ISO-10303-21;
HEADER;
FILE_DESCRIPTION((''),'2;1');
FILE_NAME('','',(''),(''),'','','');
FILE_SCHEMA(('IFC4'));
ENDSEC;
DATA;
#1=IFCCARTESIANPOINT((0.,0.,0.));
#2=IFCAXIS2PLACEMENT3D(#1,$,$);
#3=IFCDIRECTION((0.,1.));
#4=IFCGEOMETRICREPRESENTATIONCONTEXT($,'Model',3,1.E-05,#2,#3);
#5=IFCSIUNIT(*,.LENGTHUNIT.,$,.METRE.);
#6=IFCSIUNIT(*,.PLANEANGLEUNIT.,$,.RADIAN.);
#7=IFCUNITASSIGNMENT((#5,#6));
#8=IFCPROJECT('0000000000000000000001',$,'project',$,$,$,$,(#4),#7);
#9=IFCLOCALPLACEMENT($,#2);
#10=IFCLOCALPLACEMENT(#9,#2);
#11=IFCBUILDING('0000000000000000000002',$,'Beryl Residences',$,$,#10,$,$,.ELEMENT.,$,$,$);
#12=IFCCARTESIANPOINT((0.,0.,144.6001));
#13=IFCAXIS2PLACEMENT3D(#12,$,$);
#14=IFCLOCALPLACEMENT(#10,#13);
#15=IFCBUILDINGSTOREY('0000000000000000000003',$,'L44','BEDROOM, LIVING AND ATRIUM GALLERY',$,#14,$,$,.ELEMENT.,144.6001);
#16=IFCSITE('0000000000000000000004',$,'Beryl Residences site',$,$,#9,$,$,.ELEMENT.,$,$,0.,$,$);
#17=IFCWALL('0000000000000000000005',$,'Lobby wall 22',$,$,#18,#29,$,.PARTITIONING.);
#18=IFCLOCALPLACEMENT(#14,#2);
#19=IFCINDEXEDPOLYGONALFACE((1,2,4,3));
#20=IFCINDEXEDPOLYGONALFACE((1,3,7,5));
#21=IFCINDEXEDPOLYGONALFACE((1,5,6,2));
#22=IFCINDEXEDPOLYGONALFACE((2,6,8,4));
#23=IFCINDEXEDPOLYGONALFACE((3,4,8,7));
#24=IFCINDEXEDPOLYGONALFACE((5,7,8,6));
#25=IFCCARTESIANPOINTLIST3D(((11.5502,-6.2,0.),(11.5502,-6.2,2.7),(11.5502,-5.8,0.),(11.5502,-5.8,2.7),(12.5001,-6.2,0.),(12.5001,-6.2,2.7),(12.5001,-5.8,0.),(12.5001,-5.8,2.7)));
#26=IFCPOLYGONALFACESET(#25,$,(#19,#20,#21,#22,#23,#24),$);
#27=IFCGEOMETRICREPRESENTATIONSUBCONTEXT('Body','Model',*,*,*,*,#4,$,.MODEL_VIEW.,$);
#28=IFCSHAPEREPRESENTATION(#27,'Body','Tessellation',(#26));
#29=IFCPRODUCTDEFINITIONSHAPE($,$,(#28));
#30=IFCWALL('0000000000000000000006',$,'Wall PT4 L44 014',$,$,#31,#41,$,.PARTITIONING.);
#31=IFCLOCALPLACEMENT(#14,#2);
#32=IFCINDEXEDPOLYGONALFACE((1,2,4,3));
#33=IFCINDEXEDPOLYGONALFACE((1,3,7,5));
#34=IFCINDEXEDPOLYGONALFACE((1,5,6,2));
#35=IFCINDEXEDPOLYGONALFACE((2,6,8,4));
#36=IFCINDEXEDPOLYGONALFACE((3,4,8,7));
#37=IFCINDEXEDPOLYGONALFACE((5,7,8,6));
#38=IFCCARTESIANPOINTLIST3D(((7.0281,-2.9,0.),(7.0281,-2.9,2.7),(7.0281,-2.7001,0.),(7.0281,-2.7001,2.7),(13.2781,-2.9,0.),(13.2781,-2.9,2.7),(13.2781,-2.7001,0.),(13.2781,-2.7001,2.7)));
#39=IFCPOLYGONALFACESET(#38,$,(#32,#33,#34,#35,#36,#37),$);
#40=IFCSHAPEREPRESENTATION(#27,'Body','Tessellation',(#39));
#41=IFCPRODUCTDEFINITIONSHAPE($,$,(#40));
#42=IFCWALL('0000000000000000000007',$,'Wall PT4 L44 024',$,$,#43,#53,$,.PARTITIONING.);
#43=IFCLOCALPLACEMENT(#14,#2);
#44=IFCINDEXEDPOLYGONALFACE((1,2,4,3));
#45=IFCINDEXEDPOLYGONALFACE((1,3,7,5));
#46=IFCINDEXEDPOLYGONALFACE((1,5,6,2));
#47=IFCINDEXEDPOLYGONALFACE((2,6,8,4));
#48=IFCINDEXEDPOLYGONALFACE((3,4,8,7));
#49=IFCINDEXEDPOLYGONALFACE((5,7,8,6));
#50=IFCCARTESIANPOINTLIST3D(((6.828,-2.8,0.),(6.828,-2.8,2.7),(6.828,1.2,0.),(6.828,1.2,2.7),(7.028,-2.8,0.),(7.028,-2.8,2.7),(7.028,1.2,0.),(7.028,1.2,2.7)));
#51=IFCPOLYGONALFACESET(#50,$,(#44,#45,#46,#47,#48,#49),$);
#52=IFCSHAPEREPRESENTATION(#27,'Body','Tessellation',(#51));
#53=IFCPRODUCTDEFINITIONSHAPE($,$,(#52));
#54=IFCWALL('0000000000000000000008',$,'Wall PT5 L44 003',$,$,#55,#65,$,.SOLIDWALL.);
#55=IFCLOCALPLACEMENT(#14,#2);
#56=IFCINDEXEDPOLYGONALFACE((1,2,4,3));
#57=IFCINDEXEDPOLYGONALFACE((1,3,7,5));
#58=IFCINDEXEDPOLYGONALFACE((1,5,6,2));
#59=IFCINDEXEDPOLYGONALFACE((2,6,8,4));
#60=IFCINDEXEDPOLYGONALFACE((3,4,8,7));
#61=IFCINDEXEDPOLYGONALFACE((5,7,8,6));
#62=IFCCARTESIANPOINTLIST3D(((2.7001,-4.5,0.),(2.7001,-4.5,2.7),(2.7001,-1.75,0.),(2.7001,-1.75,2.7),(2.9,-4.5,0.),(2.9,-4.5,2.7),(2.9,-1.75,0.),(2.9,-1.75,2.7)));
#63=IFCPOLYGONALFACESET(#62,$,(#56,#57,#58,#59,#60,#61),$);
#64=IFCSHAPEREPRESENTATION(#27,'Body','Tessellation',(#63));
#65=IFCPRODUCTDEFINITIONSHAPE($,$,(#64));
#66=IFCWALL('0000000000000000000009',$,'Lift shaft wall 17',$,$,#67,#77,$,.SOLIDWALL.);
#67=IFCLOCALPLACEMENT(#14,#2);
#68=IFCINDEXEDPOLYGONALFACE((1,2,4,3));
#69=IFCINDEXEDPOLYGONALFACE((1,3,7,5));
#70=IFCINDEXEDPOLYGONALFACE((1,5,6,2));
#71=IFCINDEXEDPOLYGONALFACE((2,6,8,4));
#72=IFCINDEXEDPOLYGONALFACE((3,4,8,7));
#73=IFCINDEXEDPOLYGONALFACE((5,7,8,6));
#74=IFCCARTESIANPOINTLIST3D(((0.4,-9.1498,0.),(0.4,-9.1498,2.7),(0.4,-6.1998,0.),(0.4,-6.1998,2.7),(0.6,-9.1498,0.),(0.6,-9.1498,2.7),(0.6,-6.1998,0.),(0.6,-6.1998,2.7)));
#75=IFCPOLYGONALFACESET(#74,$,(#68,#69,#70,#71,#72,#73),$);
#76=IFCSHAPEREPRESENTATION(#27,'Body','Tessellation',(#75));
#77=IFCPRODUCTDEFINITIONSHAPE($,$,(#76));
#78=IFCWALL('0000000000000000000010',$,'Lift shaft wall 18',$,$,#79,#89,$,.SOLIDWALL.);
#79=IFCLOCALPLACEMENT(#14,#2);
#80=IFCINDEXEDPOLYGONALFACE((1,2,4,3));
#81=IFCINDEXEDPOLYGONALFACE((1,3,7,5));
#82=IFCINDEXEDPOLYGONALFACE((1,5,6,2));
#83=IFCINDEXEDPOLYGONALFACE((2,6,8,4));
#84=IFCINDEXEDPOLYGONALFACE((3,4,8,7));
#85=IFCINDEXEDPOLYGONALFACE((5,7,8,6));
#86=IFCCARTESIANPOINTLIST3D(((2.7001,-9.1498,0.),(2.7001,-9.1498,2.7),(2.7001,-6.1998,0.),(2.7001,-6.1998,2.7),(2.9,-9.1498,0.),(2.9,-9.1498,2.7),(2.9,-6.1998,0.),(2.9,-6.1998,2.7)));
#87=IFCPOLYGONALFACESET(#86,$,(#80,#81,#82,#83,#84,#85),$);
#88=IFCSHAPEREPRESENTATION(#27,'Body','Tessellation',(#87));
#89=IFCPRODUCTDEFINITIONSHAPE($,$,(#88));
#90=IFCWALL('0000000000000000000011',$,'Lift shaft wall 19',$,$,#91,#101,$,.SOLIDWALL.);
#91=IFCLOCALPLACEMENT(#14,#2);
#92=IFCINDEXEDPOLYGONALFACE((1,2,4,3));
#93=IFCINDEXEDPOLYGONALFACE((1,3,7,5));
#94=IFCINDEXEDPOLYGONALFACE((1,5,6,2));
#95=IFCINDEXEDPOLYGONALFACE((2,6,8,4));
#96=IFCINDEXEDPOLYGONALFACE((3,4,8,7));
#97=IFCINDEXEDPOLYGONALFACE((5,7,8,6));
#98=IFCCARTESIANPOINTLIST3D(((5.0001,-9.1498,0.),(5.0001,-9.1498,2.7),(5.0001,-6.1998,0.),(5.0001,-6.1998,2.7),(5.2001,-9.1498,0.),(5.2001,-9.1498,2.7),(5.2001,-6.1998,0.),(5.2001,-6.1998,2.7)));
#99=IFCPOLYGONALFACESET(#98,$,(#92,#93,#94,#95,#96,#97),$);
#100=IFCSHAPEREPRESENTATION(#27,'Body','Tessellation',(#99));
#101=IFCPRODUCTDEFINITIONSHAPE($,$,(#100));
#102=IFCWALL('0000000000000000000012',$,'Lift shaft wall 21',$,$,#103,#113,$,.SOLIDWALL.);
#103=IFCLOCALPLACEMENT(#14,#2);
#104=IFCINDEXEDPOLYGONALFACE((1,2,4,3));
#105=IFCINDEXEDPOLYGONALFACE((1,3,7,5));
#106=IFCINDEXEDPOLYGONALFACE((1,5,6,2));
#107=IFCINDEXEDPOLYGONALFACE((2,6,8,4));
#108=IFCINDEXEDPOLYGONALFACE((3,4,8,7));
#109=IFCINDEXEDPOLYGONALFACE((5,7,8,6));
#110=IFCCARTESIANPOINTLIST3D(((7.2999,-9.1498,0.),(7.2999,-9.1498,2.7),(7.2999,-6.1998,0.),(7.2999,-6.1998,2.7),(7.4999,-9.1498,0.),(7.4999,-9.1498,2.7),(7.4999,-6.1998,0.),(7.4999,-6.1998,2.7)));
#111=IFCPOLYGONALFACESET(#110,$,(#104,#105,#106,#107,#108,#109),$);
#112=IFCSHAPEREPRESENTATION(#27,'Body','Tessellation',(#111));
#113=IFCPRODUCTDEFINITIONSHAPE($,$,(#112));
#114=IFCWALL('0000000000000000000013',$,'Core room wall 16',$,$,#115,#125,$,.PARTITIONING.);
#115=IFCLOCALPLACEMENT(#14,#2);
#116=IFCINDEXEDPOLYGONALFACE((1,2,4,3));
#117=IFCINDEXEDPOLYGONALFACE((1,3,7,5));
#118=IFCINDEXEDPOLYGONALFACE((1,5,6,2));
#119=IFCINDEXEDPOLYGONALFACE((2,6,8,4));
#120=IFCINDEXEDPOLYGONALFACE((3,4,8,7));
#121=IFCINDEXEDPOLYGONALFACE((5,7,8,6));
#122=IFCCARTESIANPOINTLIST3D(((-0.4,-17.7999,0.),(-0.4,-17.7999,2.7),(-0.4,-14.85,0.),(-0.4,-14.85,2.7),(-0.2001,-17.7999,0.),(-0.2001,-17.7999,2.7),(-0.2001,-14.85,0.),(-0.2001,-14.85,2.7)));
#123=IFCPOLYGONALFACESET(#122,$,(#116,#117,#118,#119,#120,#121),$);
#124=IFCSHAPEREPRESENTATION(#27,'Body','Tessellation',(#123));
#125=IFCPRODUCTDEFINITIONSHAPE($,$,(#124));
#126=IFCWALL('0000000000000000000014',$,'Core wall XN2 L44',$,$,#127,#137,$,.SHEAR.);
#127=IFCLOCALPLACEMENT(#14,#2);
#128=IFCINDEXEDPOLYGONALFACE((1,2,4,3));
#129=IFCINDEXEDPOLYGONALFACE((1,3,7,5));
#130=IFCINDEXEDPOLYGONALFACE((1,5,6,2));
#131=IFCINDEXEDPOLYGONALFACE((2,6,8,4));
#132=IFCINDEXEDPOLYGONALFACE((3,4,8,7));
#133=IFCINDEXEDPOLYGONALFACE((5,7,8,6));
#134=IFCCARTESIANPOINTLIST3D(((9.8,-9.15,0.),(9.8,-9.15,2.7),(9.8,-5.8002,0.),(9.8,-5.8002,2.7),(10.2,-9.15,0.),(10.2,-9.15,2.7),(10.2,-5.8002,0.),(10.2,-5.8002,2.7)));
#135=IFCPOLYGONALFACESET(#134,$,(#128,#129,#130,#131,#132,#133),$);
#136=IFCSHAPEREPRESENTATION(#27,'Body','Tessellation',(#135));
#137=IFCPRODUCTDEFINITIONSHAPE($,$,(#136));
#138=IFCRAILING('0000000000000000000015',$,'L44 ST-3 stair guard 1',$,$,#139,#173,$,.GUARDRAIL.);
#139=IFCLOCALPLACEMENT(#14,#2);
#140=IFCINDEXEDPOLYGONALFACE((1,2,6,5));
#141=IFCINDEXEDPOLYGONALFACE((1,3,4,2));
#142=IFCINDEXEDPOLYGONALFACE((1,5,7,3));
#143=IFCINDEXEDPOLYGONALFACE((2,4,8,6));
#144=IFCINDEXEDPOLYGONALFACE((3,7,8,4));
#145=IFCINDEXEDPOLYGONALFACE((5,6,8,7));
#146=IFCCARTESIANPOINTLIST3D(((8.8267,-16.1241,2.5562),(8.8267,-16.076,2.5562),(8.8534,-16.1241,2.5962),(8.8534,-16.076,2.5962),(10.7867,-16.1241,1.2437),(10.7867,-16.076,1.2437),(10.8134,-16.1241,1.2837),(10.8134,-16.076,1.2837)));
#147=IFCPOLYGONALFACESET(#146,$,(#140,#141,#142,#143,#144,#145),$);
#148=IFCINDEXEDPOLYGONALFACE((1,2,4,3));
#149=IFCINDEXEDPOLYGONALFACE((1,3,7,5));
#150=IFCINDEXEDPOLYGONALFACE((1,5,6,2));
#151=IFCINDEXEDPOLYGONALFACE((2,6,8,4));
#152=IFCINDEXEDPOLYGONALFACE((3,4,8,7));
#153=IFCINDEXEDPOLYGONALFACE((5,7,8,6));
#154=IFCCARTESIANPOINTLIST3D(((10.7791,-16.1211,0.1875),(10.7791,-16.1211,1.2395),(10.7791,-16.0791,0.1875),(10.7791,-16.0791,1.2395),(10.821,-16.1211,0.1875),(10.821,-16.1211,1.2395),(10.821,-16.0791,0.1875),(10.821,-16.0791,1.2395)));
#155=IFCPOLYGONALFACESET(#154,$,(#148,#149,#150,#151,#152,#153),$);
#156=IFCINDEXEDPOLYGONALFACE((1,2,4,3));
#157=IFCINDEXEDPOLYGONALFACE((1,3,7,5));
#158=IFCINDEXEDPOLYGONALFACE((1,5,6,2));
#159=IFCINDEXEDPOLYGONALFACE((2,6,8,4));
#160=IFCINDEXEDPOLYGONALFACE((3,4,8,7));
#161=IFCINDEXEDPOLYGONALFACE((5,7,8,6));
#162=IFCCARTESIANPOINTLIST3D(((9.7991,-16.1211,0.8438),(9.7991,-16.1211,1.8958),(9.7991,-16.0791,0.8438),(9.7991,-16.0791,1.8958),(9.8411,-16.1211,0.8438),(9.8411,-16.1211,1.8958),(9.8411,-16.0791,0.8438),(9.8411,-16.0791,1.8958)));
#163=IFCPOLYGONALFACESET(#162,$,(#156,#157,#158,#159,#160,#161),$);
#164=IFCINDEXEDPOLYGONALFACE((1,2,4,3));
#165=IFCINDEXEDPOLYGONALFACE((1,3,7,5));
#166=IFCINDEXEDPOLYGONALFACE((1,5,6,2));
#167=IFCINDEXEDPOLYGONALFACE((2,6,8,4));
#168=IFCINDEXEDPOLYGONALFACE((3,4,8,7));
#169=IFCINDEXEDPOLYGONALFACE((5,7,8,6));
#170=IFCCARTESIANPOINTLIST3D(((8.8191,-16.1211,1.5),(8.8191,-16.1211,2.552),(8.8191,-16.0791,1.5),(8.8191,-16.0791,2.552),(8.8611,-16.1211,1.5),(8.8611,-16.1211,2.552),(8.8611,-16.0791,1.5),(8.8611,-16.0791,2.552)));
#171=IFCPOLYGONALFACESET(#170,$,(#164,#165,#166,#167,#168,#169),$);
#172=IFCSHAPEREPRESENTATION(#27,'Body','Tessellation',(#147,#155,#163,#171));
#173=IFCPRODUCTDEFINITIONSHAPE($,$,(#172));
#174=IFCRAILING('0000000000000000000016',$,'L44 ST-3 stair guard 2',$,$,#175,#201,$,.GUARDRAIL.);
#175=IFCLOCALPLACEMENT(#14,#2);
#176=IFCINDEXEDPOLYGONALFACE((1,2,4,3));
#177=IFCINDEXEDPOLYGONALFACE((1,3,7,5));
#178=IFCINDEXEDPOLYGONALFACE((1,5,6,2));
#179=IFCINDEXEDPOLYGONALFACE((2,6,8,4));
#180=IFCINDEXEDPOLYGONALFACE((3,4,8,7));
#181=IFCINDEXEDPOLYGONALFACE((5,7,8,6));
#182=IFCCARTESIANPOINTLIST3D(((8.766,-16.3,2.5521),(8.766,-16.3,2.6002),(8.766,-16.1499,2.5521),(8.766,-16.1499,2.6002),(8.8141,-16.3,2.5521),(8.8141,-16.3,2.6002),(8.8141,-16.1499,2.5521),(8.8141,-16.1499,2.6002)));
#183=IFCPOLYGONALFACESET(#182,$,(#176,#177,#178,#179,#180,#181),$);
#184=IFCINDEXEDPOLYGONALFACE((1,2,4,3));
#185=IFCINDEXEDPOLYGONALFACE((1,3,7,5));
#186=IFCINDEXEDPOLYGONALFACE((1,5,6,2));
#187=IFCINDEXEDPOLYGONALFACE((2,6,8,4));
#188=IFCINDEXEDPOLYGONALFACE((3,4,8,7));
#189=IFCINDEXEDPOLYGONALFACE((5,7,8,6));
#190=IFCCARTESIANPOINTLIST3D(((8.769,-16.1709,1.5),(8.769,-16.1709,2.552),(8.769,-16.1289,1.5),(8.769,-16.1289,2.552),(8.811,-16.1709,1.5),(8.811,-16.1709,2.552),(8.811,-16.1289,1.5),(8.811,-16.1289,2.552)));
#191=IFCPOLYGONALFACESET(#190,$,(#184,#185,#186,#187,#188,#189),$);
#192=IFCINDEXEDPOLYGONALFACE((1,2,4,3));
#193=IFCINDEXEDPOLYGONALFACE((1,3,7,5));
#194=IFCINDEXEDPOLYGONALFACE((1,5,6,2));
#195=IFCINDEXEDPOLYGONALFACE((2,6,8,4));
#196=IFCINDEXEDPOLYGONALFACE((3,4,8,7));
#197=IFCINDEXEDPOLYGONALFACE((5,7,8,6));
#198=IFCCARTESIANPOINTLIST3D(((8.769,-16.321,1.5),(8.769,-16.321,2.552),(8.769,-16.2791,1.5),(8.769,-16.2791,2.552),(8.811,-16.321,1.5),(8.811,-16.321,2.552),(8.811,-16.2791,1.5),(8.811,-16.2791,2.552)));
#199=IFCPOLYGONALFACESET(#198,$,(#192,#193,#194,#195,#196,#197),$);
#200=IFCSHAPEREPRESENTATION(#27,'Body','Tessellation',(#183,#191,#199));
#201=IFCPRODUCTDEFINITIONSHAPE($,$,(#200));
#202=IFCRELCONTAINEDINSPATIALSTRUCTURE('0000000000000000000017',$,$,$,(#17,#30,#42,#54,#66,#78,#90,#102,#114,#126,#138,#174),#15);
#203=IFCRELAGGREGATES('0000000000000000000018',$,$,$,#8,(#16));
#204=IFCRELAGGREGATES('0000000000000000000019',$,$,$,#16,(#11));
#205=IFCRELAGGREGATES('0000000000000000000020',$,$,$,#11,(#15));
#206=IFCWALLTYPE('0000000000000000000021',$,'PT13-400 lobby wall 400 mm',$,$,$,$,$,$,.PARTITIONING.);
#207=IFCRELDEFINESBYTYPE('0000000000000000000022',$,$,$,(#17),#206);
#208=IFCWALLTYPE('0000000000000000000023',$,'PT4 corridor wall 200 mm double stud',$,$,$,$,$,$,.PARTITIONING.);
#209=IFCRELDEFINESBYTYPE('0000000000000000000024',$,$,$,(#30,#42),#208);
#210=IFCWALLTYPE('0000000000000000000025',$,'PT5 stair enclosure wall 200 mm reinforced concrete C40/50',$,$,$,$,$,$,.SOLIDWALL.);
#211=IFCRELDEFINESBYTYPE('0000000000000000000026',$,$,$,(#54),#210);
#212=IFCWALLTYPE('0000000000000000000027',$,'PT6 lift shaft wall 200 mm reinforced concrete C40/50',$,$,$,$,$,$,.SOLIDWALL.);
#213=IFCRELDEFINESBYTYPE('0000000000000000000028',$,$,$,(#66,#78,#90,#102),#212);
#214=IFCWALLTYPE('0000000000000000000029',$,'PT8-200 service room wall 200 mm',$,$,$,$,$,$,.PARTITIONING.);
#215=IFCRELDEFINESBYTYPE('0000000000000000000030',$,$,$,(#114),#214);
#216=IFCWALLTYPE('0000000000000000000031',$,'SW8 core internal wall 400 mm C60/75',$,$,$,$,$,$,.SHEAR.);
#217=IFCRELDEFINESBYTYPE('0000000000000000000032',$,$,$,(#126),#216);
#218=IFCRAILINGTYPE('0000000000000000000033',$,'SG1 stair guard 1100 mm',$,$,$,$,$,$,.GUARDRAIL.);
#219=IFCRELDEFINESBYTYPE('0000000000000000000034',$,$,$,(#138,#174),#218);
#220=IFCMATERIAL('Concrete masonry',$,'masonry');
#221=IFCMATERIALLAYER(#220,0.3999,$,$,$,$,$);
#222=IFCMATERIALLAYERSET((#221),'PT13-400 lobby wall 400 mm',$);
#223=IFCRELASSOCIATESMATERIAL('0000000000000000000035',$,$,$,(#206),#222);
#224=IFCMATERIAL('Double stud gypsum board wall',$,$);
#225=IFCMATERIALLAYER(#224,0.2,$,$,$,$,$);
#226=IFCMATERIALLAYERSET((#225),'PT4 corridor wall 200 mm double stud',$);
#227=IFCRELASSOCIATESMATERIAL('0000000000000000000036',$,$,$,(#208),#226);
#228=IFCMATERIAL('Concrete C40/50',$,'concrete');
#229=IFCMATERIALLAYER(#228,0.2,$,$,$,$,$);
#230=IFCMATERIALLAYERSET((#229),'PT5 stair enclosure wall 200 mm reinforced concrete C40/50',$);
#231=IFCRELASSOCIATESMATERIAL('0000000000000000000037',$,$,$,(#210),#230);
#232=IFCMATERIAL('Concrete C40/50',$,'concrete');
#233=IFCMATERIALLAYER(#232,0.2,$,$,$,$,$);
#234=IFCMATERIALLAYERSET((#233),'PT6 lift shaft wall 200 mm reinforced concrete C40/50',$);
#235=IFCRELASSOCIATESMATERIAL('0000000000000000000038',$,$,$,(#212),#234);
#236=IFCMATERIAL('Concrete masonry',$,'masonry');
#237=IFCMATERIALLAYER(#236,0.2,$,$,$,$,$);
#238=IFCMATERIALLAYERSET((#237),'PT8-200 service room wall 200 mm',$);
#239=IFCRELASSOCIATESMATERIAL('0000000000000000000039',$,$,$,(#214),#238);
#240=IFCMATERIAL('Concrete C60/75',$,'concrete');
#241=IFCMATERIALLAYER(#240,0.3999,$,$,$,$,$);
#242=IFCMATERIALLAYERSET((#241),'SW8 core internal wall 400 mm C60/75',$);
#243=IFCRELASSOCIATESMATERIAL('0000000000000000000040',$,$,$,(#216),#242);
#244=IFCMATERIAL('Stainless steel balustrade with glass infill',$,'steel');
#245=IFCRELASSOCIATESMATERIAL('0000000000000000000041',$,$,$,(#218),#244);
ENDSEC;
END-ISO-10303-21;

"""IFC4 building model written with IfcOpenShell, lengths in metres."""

from ifc_helpers import new_model, si_unit, direction, frame, frame_2d, origin, origin_2d, place, context, subcontext, project, spatial, rectangle, extrude, material, layer, layer_set, type_object, element, save


model = new_model("IFC4")

# Units and contexts
model_context = context("Model", 3, precision=1e-05, world=origin(), true_north=direction((0.0, 1.0)))
body_context = subcontext(model_context, "Body", "Model", "MODEL_VIEW")
ifc_project = project(units=[si_unit("LENGTHUNIT", "METRE"), si_unit("PLANEANGLEUNIT", "RADIAN")], contexts=[model_context])

# Site, building, storey
site_placement = place(None, origin())
site = spatial("IfcSite", under=ifc_project, at=site_placement, Name="Beryl Residences site", CompositionType="ELEMENT", RefElevation=0.0)
building_placement = place(site_placement, origin())
building = spatial("IfcBuilding", under=site, at=building_placement, Name="Beryl Residences", CompositionType="ELEMENT")
storey_placement = place(building_placement, frame((0.0, 0.0, 144.6001)))
storey = spatial("IfcBuildingStorey", under=building, at=storey_placement, Name="L44", Description="BEDROOM, LIVING AND ATRIUM GALLERY", CompositionType="ELEMENT", Elevation=144.6001)

# Walls
ifc_material_1 = material(Name="Concrete masonry", Category="masonry")
ifc_layer_1 = layer(ifc_material_1, 0.3999)
ifc_layer_set_1 = layer_set([ifc_layer_1], Name="PT13-400 lobby wall 400 mm")
wall_type_1 = type_object("IfcWallType", Name="PT13-400 lobby wall 400 mm", PredefinedType="PARTITIONING", material=ifc_layer_set_1)
wall_1_placement = place(storey_placement, frame((11.55, -6.0, 0.0), z_axis=(0.0, 0.0, 1.0), x_axis=(1.0, 0.0, 0.0)))
element("IfcWall", 1, at=wall_1_placement, inside=storey, type_object=wall_type_1, Name="Lobby wall 22", PredefinedType="PARTITIONING", context=body_context, shape_type="SweptSolid", body=[
    extrude(rectangle(XDim=0.95, YDim=0.3999, at=frame_2d((0.4751, 0.0))), origin(), (0.0, 0.0, 1.0), 2.7),
])
ifc_material_2 = material(Name="Double stud gypsum board wall")
ifc_layer_2 = layer(ifc_material_2, 0.2)
ifc_layer_set_2 = layer_set([ifc_layer_2], Name="PT4 corridor wall 200 mm double stud")
wall_type_2 = type_object("IfcWallType", Name="PT4 corridor wall 200 mm double stud", PredefinedType="PARTITIONING", material=ifc_layer_set_2)
wall_2_placement = place(storey_placement, frame((7.0281, -2.8, 0.0), z_axis=(0.0, 0.0, 1.0), x_axis=(1.0, 0.0, 0.0)))
element("IfcWall", 2, at=wall_2_placement, inside=storey, type_object=wall_type_2, Name="Wall PT4 L44 014", PredefinedType="PARTITIONING", context=body_context, shape_type="SweptSolid", body=[
    extrude(rectangle(XDim=6.25, YDim=0.2, at=frame_2d((3.125, 0.0))), origin(), (0.0, 0.0, 1.0), 2.7),
])
wall_3_placement = place(storey_placement, frame((6.928, -2.8, 0.0), z_axis=(0.0, 0.0, 1.0), x_axis=(0.0, 1.0, 0.0)))
element("IfcWall", 3, at=wall_3_placement, inside=storey, type_object=wall_type_2, Name="Wall PT4 L44 024", PredefinedType="PARTITIONING", context=body_context, shape_type="SweptSolid", body=[
    extrude(rectangle(XDim=4.0, YDim=0.2, at=frame_2d((2.0, 0.0))), origin(), (0.0, 0.0, 1.0), 2.7),
])
ifc_material_3 = material(Name="Concrete C40/50", Category="concrete")
ifc_layer_3 = layer(ifc_material_3, 0.2)
ifc_layer_set_3 = layer_set([ifc_layer_3], Name="PT5 stair enclosure wall 200 mm reinforced concrete C40/50")
wall_type_3 = type_object("IfcWallType", Name="PT5 stair enclosure wall 200 mm reinforced concrete C40/50", PredefinedType="SOLIDWALL", material=ifc_layer_set_3)
wall_4_placement = place(storey_placement, frame((2.8, -4.5, 0.0), z_axis=(0.0, 0.0, 1.0), x_axis=(0.0, 1.0, 0.0)))
element("IfcWall", 4, at=wall_4_placement, inside=storey, type_object=wall_type_3, Name="Wall PT5 L44 003", PredefinedType="SOLIDWALL", context=body_context, shape_type="SweptSolid", body=[
    extrude(rectangle(XDim=2.75, YDim=0.2, at=frame_2d((1.375, 0.0))), origin(), (0.0, 0.0, 1.0), 2.7),
])
ifc_material_4 = material(Name="Concrete C40/50", Category="concrete")
ifc_layer_4 = layer(ifc_material_4, 0.2)
ifc_layer_set_4 = layer_set([ifc_layer_4], Name="PT6 lift shaft wall 200 mm reinforced concrete C40/50")
wall_type_4 = type_object("IfcWallType", Name="PT6 lift shaft wall 200 mm reinforced concrete C40/50", PredefinedType="SOLIDWALL", material=ifc_layer_set_4)
for number, where, z_axis, x_axis, name in (
    (5, (0.5, -9.1499, 0.0), (0.0, 0.0, 1.0), (0.0, 1.0, 0.0), "Lift shaft wall 17"),
    (6, (2.8, -9.1499, 0.0), (0.0, 0.0, 1.0), (0.0, 1.0, 0.0), "Lift shaft wall 18"),
    (7, (5.1001, -9.1499, 0.0), (0.0, 0.0, 1.0), (0.0, 1.0, 0.0), "Lift shaft wall 19"),
    (8, (7.3999, -9.1499, 0.0), (0.0, 0.0, 1.0), (0.0, 1.0, 0.0), "Lift shaft wall 21"),
):
    element("IfcWall", number, at=place(storey_placement, frame(where, z_axis=z_axis, x_axis=x_axis)), inside=storey, type_object=wall_type_4, Name=name, PredefinedType="SOLIDWALL", context=body_context, shape_type="SweptSolid", body=[
        extrude(rectangle(XDim=2.95, YDim=0.2, at=frame_2d((1.4751, 0.0))), origin(), (0.0, 0.0, 1.0), 2.7),
    ])
ifc_material_5 = material(Name="Concrete masonry", Category="masonry")
ifc_layer_5 = layer(ifc_material_5, 0.2)
ifc_layer_set_5 = layer_set([ifc_layer_5], Name="PT8-200 service room wall 200 mm")
wall_type_5 = type_object("IfcWallType", Name="PT8-200 service room wall 200 mm", PredefinedType="PARTITIONING", material=ifc_layer_set_5)
wall_5_placement = place(storey_placement, frame((-0.3, -17.8, 0.0), z_axis=(0.0, 0.0, 1.0), x_axis=(0.0, 1.0, 0.0)))
element("IfcWall", 9, at=wall_5_placement, inside=storey, type_object=wall_type_5, Name="Core room wall 16", PredefinedType="PARTITIONING", context=body_context, shape_type="SweptSolid", body=[
    extrude(rectangle(XDim=2.95, YDim=0.2, at=frame_2d((1.4751, 0.0))), origin(), (0.0, 0.0, 1.0), 2.7),
])
ifc_material_6 = material(Name="Concrete C60/75", Category="concrete")
ifc_layer_6 = layer(ifc_material_6, 0.3999)
ifc_layer_set_6 = layer_set([ifc_layer_6], Name="SW8 core internal wall 400 mm C60/75")
wall_type_6 = type_object("IfcWallType", Name="SW8 core internal wall 400 mm C60/75", PredefinedType="SHEAR", material=ifc_layer_set_6)
wall_6_placement = place(storey_placement, frame((10.0, -9.1499, 0.0), z_axis=(0.0, 0.0, 1.0), x_axis=(0.0, 1.0, 0.0)))
element("IfcWall", 10, at=wall_6_placement, inside=storey, type_object=wall_type_6, Name="Core wall XN2 L44", PredefinedType="SHEAR", context=body_context, shape_type="SweptSolid", body=[
    extrude(rectangle(XDim=3.3499, YDim=0.3999, at=frame_2d((1.6748, 0.0))), origin(), (0.0, 0.0, 1.0), 2.7),
])

# Railings
ifc_material_7 = material(Name="Stainless steel balustrade with glass infill", Category="steel")
railing_type_1 = type_object("IfcRailingType", Name="SG1 stair guard 1100 mm", PredefinedType="GUARDRAIL", material=ifc_material_7)
railing_1_placement = place(storey_placement, frame((10.8, -16.1001, 0.1875)))
element("IfcRailing", 11, at=railing_1_placement, inside=storey, type_object=railing_type_1, Name="L44 ST-3 stair guard 1", PredefinedType="GUARDRAIL", context=body_context, shape_type="SweptSolid", body=[
    extrude(rectangle(XDim=0.0481, YDim=0.0481, at=origin_2d()), frame((0.0, 0.0, 1.0762), z_axis=(-0.830902, 0.0, 0.556419), x_axis=(0.0, -1.0, 0.0)), (0.0, 0.0, 1.0), 2.3589),
    extrude(rectangle(XDim=0.042, YDim=0.042, at=origin_2d()), origin(), (0.0, 0.0, 1.0), 1.052),
    extrude(rectangle(XDim=0.042, YDim=0.042, at=origin_2d()), frame((-0.98, 0.0, 0.6562)), (0.0, 0.0, 1.0), 1.052),
    extrude(rectangle(XDim=0.042, YDim=0.042, at=origin_2d()), frame((-1.96, 0.0, 1.3125)), (0.0, 0.0, 1.0), 1.052),
])
railing_2_placement = place(storey_placement, frame((8.79, -16.1499, 1.5)))
element("IfcRailing", 12, at=railing_2_placement, inside=storey, type_object=railing_type_1, Name="L44 ST-3 stair guard 2", PredefinedType="GUARDRAIL", context=body_context, shape_type="SweptSolid", body=[
    extrude(rectangle(XDim=0.0481, YDim=0.0481, at=origin_2d()), frame((0.0, 0.0, 1.0762), z_axis=(0.0, -1.0, 0.0), x_axis=(1.0, 0.0, 0.0)), (0.0, 0.0, 1.0), 0.1501),
    extrude(rectangle(XDim=0.042, YDim=0.042, at=origin_2d()), origin(), (0.0, 0.0, 1.0), 1.052),
    extrude(rectangle(XDim=0.042, YDim=0.042, at=origin_2d()), frame((0.0, -0.1501, 0.0)), (0.0, 0.0, 1.0), 1.052),
])

save(model, "model.ifc")
